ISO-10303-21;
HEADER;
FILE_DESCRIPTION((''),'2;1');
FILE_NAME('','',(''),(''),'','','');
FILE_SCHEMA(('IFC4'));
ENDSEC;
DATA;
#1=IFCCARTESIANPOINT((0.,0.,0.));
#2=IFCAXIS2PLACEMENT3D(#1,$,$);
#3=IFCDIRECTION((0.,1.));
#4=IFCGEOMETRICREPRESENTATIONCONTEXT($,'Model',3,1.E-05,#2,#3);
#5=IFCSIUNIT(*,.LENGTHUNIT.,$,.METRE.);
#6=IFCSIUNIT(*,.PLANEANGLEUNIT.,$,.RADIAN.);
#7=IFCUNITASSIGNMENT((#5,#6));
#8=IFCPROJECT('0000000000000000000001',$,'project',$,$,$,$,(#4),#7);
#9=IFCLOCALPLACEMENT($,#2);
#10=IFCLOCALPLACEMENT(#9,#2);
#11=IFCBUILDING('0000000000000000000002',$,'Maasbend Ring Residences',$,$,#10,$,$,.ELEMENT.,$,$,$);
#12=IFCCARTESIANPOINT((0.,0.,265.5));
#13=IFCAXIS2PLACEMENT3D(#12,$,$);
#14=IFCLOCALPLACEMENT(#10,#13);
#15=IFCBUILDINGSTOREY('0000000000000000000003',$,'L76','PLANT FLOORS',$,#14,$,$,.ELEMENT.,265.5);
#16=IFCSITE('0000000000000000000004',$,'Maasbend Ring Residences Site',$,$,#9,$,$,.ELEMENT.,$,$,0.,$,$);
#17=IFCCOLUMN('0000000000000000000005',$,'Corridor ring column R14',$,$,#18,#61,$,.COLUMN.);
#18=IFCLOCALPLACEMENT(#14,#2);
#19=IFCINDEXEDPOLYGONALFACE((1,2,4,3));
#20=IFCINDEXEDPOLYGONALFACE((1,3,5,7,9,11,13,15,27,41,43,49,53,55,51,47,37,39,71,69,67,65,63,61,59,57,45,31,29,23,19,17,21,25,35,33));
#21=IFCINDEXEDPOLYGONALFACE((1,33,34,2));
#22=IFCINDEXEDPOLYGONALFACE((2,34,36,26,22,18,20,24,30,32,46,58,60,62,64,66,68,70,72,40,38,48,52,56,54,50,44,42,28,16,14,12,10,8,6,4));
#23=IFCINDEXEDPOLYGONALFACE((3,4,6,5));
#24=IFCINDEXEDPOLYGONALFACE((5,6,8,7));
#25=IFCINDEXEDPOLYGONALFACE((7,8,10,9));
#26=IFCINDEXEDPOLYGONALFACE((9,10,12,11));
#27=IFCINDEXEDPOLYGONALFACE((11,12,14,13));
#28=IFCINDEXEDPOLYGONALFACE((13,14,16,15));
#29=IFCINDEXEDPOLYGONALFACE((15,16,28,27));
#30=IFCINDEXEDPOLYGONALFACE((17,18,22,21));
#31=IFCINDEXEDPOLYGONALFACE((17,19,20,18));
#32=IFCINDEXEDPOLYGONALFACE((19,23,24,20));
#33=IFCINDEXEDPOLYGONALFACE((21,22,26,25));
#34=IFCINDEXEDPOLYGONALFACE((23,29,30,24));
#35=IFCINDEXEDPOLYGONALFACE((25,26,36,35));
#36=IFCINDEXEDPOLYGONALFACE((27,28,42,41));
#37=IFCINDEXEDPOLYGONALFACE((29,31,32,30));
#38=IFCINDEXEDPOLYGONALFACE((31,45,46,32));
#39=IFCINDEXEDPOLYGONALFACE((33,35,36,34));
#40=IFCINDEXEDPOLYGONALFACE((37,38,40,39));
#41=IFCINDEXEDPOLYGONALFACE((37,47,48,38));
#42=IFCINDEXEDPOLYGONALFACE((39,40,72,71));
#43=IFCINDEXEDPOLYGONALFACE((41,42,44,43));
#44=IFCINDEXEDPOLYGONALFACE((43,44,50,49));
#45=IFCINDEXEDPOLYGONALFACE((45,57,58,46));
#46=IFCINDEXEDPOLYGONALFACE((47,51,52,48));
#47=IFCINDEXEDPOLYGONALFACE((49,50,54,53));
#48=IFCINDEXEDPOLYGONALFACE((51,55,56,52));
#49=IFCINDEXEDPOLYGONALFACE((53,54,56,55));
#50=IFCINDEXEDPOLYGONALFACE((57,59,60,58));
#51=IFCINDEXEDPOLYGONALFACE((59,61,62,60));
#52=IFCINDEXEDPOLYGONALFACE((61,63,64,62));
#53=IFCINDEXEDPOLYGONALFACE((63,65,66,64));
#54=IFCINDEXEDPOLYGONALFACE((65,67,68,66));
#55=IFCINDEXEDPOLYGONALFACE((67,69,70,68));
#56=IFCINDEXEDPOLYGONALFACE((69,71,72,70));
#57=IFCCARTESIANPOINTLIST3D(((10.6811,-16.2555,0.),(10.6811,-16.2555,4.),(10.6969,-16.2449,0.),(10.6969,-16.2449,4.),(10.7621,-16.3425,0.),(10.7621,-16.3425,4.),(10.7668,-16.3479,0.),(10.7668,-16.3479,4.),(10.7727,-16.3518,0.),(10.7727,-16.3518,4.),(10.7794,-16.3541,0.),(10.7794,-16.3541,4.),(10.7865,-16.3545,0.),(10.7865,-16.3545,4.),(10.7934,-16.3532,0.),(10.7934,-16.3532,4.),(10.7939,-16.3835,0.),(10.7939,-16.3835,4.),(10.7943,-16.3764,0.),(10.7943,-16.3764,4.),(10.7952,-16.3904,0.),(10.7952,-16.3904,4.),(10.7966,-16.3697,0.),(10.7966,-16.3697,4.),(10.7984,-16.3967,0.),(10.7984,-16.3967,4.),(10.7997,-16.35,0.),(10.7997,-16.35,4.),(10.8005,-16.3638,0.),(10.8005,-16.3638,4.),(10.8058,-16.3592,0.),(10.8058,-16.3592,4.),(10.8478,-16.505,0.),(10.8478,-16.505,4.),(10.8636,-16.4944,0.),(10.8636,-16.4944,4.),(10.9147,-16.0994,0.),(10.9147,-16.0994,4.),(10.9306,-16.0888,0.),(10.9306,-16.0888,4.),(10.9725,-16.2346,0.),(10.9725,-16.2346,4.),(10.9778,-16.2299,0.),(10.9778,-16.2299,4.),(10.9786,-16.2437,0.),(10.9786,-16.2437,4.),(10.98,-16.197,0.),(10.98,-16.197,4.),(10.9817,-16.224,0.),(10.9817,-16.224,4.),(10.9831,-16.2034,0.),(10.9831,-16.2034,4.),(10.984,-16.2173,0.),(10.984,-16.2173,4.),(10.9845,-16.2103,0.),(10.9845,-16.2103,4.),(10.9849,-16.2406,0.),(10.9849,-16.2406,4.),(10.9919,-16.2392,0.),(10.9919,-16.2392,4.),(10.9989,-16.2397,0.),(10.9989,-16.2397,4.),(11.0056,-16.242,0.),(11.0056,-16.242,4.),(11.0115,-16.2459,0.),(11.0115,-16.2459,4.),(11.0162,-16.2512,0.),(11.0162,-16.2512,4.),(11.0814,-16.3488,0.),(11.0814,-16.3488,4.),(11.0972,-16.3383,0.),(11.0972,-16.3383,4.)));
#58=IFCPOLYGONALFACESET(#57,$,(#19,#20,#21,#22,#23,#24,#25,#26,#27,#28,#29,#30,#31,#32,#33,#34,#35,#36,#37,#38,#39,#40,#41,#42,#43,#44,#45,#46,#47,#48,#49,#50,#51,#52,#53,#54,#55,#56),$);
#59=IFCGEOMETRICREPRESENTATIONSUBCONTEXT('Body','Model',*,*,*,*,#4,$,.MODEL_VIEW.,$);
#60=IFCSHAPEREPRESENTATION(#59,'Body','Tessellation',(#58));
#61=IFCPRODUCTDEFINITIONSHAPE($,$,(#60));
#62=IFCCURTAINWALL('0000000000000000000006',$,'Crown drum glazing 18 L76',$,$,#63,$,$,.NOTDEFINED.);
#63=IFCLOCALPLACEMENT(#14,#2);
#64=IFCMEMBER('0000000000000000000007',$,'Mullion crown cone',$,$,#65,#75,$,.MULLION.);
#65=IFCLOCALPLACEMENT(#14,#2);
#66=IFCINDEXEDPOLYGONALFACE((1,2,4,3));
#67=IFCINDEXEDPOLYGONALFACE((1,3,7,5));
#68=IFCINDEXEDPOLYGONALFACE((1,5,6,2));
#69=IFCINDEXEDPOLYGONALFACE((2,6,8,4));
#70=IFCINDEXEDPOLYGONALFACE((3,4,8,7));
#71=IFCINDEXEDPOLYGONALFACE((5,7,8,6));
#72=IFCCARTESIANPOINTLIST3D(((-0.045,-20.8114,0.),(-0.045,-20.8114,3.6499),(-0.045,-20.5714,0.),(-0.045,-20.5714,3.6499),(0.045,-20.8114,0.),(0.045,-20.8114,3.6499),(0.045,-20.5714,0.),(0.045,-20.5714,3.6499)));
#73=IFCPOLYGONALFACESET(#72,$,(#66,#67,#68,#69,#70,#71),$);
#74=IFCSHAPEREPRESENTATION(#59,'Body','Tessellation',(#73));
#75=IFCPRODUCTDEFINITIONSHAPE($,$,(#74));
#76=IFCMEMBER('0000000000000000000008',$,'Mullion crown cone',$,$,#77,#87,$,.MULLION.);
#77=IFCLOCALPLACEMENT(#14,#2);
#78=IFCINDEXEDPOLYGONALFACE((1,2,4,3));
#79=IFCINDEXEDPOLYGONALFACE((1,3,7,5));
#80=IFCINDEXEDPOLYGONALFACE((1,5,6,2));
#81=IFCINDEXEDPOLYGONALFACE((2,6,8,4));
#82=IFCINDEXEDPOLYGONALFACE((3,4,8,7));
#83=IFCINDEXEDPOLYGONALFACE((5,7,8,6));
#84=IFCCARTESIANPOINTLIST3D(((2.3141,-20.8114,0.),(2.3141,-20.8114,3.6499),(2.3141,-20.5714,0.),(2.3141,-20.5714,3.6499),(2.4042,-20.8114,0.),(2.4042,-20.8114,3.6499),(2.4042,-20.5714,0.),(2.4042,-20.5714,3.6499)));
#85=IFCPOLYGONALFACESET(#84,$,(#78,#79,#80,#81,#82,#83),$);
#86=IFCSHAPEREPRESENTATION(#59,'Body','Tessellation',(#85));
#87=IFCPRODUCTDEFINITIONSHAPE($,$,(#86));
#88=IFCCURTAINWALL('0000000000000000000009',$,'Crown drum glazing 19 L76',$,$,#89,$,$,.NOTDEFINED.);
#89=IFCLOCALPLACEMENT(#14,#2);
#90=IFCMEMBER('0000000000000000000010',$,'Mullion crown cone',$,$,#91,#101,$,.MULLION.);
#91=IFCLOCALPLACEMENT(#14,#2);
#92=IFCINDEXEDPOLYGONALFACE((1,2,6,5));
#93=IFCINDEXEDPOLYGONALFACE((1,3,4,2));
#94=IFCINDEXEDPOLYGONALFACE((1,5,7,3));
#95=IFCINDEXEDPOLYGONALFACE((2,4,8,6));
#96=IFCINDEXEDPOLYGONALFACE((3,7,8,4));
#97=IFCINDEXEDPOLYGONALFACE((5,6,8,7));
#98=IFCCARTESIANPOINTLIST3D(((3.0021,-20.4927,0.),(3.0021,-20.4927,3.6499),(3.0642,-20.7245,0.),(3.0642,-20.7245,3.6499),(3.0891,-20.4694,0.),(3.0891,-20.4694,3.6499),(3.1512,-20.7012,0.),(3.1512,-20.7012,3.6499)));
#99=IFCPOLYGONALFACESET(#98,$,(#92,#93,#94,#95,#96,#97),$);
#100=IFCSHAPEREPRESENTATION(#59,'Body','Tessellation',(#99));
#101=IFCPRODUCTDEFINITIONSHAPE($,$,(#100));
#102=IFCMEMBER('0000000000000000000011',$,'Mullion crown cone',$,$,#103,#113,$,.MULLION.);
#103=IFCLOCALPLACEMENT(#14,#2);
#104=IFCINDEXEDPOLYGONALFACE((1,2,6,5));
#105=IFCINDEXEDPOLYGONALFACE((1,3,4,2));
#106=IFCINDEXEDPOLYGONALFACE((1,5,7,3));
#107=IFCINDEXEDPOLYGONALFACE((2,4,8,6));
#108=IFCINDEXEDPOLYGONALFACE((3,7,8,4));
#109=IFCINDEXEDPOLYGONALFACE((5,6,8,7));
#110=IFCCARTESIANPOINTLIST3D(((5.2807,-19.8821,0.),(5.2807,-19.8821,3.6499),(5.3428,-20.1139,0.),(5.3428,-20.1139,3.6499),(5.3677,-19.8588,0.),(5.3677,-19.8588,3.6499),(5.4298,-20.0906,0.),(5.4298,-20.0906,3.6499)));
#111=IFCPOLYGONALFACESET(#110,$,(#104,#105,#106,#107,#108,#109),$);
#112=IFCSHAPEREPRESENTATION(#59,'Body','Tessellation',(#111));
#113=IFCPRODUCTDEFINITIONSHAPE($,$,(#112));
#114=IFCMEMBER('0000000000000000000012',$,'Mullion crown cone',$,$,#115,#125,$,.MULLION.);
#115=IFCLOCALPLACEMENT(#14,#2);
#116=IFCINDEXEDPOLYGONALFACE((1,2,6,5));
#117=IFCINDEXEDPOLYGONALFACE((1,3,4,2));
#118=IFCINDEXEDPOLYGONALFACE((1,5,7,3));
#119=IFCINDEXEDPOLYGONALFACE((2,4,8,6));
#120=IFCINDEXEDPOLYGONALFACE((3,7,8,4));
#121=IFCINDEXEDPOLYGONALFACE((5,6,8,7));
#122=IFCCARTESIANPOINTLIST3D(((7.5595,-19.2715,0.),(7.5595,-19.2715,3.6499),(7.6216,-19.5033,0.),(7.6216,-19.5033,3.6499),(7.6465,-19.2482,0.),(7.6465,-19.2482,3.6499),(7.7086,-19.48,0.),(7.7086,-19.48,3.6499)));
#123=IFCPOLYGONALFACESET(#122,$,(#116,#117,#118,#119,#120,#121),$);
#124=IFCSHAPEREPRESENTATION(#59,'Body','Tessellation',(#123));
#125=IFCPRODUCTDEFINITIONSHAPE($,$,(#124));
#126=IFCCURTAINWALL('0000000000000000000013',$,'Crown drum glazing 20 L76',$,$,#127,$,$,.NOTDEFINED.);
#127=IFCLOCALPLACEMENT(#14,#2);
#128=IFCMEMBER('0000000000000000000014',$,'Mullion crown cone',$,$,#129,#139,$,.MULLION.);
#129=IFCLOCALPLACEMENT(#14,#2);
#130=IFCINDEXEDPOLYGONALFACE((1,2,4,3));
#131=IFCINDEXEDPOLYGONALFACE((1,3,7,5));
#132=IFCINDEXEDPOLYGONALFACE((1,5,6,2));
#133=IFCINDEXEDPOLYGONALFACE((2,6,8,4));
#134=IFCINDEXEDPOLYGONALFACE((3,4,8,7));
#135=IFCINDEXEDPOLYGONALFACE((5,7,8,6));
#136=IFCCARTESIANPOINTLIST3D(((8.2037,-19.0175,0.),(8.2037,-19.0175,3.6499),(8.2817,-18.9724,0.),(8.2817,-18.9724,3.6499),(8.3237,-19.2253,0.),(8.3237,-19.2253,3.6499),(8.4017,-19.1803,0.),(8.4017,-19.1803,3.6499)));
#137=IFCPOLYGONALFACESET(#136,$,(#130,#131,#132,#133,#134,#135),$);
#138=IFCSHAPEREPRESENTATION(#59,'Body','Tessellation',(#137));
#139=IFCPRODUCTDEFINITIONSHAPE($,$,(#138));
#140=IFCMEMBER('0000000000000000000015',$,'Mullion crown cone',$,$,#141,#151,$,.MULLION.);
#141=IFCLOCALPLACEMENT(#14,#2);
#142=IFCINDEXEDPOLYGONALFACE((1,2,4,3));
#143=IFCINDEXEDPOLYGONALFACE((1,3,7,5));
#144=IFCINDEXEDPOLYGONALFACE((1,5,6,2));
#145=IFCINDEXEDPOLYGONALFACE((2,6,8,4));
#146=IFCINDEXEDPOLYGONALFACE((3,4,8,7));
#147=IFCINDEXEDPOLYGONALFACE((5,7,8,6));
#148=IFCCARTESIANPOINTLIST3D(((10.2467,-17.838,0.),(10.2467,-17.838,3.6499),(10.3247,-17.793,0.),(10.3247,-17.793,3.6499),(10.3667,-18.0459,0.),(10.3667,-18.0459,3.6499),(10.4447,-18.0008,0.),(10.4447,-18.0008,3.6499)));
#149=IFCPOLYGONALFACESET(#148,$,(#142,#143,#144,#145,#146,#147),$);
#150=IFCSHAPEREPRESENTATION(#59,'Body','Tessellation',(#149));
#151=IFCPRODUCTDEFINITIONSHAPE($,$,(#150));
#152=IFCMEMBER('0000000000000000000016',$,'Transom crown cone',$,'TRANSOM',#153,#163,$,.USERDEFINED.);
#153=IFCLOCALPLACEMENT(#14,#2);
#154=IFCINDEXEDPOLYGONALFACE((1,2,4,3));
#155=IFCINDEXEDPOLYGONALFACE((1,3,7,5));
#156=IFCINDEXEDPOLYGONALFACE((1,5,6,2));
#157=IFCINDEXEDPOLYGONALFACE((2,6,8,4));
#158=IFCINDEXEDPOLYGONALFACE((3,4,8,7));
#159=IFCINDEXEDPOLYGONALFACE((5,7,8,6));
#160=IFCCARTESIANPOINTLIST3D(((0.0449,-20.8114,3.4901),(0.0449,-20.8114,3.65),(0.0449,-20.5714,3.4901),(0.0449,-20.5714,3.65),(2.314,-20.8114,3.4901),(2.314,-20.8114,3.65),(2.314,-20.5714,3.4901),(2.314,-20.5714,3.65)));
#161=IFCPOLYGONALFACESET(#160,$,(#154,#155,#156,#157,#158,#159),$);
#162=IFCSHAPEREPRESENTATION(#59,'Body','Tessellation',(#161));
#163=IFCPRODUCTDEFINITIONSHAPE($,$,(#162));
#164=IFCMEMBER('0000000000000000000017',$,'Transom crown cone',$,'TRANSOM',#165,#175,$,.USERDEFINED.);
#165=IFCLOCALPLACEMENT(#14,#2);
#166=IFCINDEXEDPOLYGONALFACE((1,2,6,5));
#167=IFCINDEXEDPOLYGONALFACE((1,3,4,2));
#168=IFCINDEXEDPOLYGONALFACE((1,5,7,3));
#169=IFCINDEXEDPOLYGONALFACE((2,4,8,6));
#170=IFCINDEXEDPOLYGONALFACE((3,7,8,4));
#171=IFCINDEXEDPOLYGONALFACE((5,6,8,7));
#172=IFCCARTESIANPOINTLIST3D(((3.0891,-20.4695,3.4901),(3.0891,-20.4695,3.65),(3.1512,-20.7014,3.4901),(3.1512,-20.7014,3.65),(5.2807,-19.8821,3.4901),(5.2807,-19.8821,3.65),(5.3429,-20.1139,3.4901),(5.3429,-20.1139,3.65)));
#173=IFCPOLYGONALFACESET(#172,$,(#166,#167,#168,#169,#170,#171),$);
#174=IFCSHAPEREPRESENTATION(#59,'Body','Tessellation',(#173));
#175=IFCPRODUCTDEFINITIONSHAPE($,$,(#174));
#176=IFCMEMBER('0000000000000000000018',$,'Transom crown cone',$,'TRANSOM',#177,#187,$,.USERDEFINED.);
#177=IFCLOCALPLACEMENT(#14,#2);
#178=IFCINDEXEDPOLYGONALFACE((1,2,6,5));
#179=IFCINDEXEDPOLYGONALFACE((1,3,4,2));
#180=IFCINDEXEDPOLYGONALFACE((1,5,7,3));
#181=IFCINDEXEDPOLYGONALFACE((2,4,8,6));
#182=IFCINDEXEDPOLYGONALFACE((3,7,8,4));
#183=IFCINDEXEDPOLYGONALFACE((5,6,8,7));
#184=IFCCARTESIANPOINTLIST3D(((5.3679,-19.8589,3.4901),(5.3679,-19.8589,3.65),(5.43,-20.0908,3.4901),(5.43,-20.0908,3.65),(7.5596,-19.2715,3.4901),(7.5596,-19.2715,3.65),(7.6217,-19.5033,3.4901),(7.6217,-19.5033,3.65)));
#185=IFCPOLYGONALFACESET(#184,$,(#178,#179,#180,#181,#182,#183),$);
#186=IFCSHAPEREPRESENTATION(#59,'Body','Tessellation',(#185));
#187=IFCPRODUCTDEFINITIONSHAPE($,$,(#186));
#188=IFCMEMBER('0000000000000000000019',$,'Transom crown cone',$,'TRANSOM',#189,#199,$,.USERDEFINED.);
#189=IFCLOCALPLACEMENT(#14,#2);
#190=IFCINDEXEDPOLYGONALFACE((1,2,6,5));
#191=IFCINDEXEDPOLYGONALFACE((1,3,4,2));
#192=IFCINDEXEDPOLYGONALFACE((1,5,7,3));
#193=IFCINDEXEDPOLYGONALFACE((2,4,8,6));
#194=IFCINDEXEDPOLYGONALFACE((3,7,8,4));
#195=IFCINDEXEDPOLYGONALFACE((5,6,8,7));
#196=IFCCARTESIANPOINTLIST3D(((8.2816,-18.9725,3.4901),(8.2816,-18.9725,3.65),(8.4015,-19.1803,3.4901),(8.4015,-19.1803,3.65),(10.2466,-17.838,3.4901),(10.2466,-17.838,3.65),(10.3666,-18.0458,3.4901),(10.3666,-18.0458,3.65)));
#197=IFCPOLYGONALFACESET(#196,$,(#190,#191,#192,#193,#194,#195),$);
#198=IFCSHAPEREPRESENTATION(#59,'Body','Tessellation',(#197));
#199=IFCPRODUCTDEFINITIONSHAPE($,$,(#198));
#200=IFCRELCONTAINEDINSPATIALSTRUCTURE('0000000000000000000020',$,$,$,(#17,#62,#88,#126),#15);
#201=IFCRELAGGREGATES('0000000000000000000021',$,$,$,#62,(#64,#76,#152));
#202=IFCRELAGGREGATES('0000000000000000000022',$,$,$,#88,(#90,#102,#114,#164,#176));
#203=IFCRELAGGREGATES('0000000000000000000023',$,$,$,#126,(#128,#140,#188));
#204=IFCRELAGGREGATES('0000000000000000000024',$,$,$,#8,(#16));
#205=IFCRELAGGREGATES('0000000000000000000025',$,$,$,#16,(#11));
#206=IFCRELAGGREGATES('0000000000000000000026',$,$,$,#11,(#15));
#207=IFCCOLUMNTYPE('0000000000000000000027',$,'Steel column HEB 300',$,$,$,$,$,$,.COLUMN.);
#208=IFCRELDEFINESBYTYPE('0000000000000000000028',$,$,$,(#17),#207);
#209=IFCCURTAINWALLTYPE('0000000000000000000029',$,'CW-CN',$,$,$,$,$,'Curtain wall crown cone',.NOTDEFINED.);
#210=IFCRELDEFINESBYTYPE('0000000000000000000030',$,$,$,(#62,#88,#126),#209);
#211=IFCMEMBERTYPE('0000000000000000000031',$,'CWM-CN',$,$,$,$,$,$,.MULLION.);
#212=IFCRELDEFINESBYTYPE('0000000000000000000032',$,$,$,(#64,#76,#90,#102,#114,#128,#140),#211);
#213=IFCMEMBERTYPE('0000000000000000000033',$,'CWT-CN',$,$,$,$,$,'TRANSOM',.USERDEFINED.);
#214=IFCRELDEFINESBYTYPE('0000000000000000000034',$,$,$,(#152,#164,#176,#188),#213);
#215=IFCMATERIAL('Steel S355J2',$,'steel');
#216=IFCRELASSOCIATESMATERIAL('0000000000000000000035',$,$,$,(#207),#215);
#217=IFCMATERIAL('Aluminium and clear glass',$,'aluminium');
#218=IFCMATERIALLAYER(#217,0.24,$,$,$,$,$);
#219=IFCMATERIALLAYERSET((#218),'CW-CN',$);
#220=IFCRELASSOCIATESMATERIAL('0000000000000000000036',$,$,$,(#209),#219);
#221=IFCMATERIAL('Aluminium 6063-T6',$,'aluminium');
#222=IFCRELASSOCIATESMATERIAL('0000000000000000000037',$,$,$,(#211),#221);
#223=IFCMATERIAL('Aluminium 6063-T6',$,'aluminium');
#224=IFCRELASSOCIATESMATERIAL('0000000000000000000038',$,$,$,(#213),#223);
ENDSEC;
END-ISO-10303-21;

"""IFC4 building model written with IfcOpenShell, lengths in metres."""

from ifc_helpers import new_model, si_unit, direction, frame, origin, origin_2d, place, context, subcontext, project, spatial, rectangle, i_section, extrude, material, layer, layer_set, material_profile, profile_set, type_object, element, aggregate, save


model = new_model("IFC4")

# Units and contexts
model_context = context("Model", 3, precision=1e-05, world=origin(), true_north=direction((0.0, 1.0)))
body_context = subcontext(model_context, "Body", "Model", "MODEL_VIEW")
ifc_project = project(units=[si_unit("LENGTHUNIT", "METRE"), si_unit("PLANEANGLEUNIT", "RADIAN")], contexts=[model_context])

# Site, building, storey
site_placement = place(None, origin())
site = spatial("IfcSite", under=ifc_project, at=site_placement, Name="Maasbend Ring Residences Site", CompositionType="ELEMENT", RefElevation=0.0)
building_placement = place(site_placement, origin())
building = spatial("IfcBuilding", under=site, at=building_placement, Name="Maasbend Ring Residences", CompositionType="ELEMENT")
storey_placement = place(building_placement, frame((0.0, 0.0, 265.5)))
storey = spatial("IfcBuildingStorey", under=building, at=storey_placement, Name="L76", Description="PLANT FLOORS", CompositionType="ELEMENT", Elevation=265.5)

# Column
ifc_material_1 = material(Name="Steel S355J2", Category="steel")
ifc_material_profile_1 = material_profile(ifc_material_1, i_section(OverallWidth=0.3, OverallDepth=0.3, WebThickness=0.011, FlangeThickness=0.019, FilletRadius=0.0271, at=origin_2d()), Name="HEB 300")
ifc_profile_set_1 = profile_set([ifc_material_profile_1], Name="Steel S355J2")
column_type_1 = type_object("IfcColumnType", Name="Steel column HEB 300", PredefinedType="COLUMN", material=ifc_profile_set_1)
for number, where, z_axis, x_axis, name in (
    (1, (10.8892, -16.2969, 0.0), (0.0, 0.0, 1.0), (0.55557, -0.83147, 0.0), "Corridor ring column R14"),
):
    element("IfcColumn", number, at=place(storey_placement, frame(where, z_axis=z_axis, x_axis=x_axis)), inside=storey, type_object=column_type_1, Name=name, PredefinedType="COLUMN", context=body_context, shape_type="SweptSolid", body=[
        extrude(i_section(OverallWidth=0.3, OverallDepth=0.3, WebThickness=0.011, FlangeThickness=0.019, FilletRadius=0.0271, at=origin_2d()), origin(), (0.0, 0.0, 1.0), 4.0),
    ])

# Curtain walls, members
ifc_material_2 = material(Name="Aluminium and clear glass", Category="aluminium")
ifc_layer_1 = layer(ifc_material_2, 0.24)
ifc_layer_set_1 = layer_set([ifc_layer_1], Name="CW-CN")
curtain_wall_type = type_object("IfcCurtainWallType", Name="CW-CN", ElementType="Curtain wall crown cone", PredefinedType="NOTDEFINED", material=ifc_layer_set_1)
curtain_wall_1_placement = place(storey_placement, origin())
curtain_wall_1 = element("IfcCurtainWall", 2, at=curtain_wall_1_placement, inside=storey, type_object=curtain_wall_type, Name="Crown drum glazing 18 L76", PredefinedType="NOTDEFINED")
ifc_material_3 = material(Name="Aluminium 6063-T6", Category="aluminium")
ifc_material_profile_2 = material_profile(ifc_material_3, rectangle(XDim=0.24, YDim=0.0901, at=origin_2d()), Name="AL 240x90")
ifc_profile_set_2 = profile_set([ifc_material_profile_2], Name="Aluminium 6063-T6")
member_type_1 = type_object("IfcMemberType", Name="CWM-CN", PredefinedType="MULLION", material=ifc_profile_set_2)
member_1_placement = place(storey_placement, frame((0.0, -20.6914, 0.0), z_axis=(0.0, 0.0, 1.0), x_axis=(0.0, 1.0, 0.0)))
member_1 = element("IfcMember", 3, at=member_1_placement, type_object=member_type_1, Name="Mullion crown cone", PredefinedType="MULLION", context=body_context, shape_type="SweptSolid", body=[
    extrude(rectangle(XDim=0.24, YDim=0.0901, at=origin_2d()), origin(), (0.0, 0.0, 1.0), 3.6499),
])
member_2_placement = place(storey_placement, frame((2.3591, -20.6914, 0.0), z_axis=(0.0, 0.0, 1.0), x_axis=(0.0, 1.0, 0.0)))
member_2 = element("IfcMember", 4, at=member_2_placement, type_object=member_type_1, Name="Mullion crown cone", PredefinedType="MULLION", context=body_context, shape_type="SweptSolid", body=[
    extrude(rectangle(XDim=0.24, YDim=0.0901, at=origin_2d()), origin(), (0.0, 0.0, 1.0), 3.6499),
])
curtain_wall_2_placement = place(storey_placement, origin())
curtain_wall_2 = element("IfcCurtainWall", 5, at=curtain_wall_2_placement, inside=storey, type_object=curtain_wall_type, Name="Crown drum glazing 19 L76", PredefinedType="NOTDEFINED")
member_3_placement = place(storey_placement, frame((3.0767, -20.5969, 0.0), z_axis=(0.0, 0.0, 1.0), x_axis=(-0.258819, 0.965926, 0.0)))
member_3 = element("IfcMember", 6, at=member_3_placement, type_object=member_type_1, Name="Mullion crown cone", PredefinedType="MULLION", context=body_context, shape_type="SweptSolid", body=[
    extrude(rectangle(XDim=0.24, YDim=0.0901, at=origin_2d()), origin(), (0.0, 0.0, 1.0), 3.6499),
])
member_4_placement = place(storey_placement, frame((5.3552, -19.9863, 0.0), z_axis=(0.0, 0.0, 1.0), x_axis=(-0.258819, 0.965926, 0.0)))
member_4 = element("IfcMember", 7, at=member_4_placement, type_object=member_type_1, Name="Mullion crown cone", PredefinedType="MULLION", context=body_context, shape_type="SweptSolid", body=[
    extrude(rectangle(XDim=0.24, YDim=0.0901, at=origin_2d()), origin(), (0.0, 0.0, 1.0), 3.6499),
])
member_5_placement = place(storey_placement, frame((7.634, -19.3757, 0.0), z_axis=(0.0, 0.0, 1.0), x_axis=(-0.258819, 0.965926, 0.0)))
member_5 = element("IfcMember", 8, at=member_5_placement, type_object=member_type_1, Name="Mullion crown cone", PredefinedType="MULLION", context=body_context, shape_type="SweptSolid", body=[
    extrude(rectangle(XDim=0.24, YDim=0.0901, at=origin_2d()), origin(), (0.0, 0.0, 1.0), 3.6499),
])
curtain_wall_3_placement = place(storey_placement, origin())
curtain_wall_3 = element("IfcCurtainWall", 9, at=curtain_wall_3_placement, inside=storey, type_object=curtain_wall_type, Name="Crown drum glazing 20 L76", PredefinedType="NOTDEFINED")
member_6_placement = place(storey_placement, frame((8.3027, -19.0989, 0.0), z_axis=(0.0, 0.0, 1.0), x_axis=(-0.5, 0.866025, 0.0)))
member_6 = element("IfcMember", 10, at=member_6_placement, type_object=member_type_1, Name="Mullion crown cone", PredefinedType="MULLION", context=body_context, shape_type="SweptSolid", body=[
    extrude(rectangle(XDim=0.24, YDim=0.0901, at=origin_2d()), origin(), (0.0, 0.0, 1.0), 3.6499),
])
member_7_placement = place(storey_placement, frame((10.3457, -17.9194, 0.0), z_axis=(0.0, 0.0, 1.0), x_axis=(-0.5, 0.866025, 0.0)))
member_7 = element("IfcMember", 11, at=member_7_placement, type_object=member_type_1, Name="Mullion crown cone", PredefinedType="MULLION", context=body_context, shape_type="SweptSolid", body=[
    extrude(rectangle(XDim=0.24, YDim=0.0901, at=origin_2d()), origin(), (0.0, 0.0, 1.0), 3.6499),
])

# Members
ifc_material_4 = material(Name="Aluminium 6063-T6", Category="aluminium")
ifc_material_profile_3 = material_profile(ifc_material_4, rectangle(XDim=0.24, YDim=0.1599, at=origin_2d()), Name="AL 240x160")
ifc_profile_set_3 = profile_set([ifc_material_profile_3], Name="Aluminium 6063-T6")
member_type_2 = type_object("IfcMemberType", Name="CWT-CN", ElementType="TRANSOM", PredefinedType="USERDEFINED", material=ifc_profile_set_3)
member_8_placement = place(storey_placement, frame((0.0449, -20.6914, 3.5701), z_axis=(1.0, 0.0, 0.0), x_axis=(0.0, 1.0, 0.0)))
member_8 = element("IfcMember", 12, at=member_8_placement, type_object=member_type_2, Name="Transom crown cone", ObjectType="TRANSOM", PredefinedType="USERDEFINED", context=body_context, shape_type="SweptSolid", body=[
    extrude(rectangle(XDim=0.24, YDim=0.1599, at=origin_2d()), origin(), (0.0, 0.0, 1.0), 2.269),
])
member_9_placement = place(storey_placement, frame((3.1201, -20.5854, 3.5701), z_axis=(0.965909, 0.258881, 0.0), x_axis=(-0.258881, 0.965909, 0.0)))
member_9 = element("IfcMember", 13, at=member_9_placement, type_object=member_type_2, Name="Transom crown cone", ObjectType="TRANSOM", PredefinedType="USERDEFINED", context=body_context, shape_type="SweptSolid", body=[
    extrude(rectangle(XDim=0.24, YDim=0.1599, at=origin_2d()), origin(), (0.0, 0.0, 1.0), 2.269),
])
member_10_placement = place(storey_placement, frame((5.3989, -19.9749, 3.5701), z_axis=(0.965909, 0.258881, 0.0), x_axis=(-0.258881, 0.965909, 0.0)))
member_10 = element("IfcMember", 14, at=member_10_placement, type_object=member_type_2, Name="Transom crown cone", ObjectType="TRANSOM", PredefinedType="USERDEFINED", context=body_context, shape_type="SweptSolid", body=[
    extrude(rectangle(XDim=0.24, YDim=0.1599, at=origin_2d()), origin(), (0.0, 0.0, 1.0), 2.269),
])
member_11_placement = place(storey_placement, frame((8.3416, -19.0764, 3.5701), z_axis=(0.86603, 0.499993, 0.0), x_axis=(-0.499993, 0.86603, 0.0)))
member_11 = element("IfcMember", 15, at=member_11_placement, type_object=member_type_2, Name="Transom crown cone", ObjectType="TRANSOM", PredefinedType="USERDEFINED", context=body_context, shape_type="SweptSolid", body=[
    extrude(rectangle(XDim=0.24, YDim=0.1599, at=origin_2d()), origin(), (0.0, 0.0, 1.0), 2.269),
])

aggregate(curtain_wall_1, [member_1, member_2, member_8])
aggregate(curtain_wall_2, [member_3, member_4, member_5, member_9, member_10])
aggregate(curtain_wall_3, [member_6, member_7, member_11])

save(model, "model.ifc")
